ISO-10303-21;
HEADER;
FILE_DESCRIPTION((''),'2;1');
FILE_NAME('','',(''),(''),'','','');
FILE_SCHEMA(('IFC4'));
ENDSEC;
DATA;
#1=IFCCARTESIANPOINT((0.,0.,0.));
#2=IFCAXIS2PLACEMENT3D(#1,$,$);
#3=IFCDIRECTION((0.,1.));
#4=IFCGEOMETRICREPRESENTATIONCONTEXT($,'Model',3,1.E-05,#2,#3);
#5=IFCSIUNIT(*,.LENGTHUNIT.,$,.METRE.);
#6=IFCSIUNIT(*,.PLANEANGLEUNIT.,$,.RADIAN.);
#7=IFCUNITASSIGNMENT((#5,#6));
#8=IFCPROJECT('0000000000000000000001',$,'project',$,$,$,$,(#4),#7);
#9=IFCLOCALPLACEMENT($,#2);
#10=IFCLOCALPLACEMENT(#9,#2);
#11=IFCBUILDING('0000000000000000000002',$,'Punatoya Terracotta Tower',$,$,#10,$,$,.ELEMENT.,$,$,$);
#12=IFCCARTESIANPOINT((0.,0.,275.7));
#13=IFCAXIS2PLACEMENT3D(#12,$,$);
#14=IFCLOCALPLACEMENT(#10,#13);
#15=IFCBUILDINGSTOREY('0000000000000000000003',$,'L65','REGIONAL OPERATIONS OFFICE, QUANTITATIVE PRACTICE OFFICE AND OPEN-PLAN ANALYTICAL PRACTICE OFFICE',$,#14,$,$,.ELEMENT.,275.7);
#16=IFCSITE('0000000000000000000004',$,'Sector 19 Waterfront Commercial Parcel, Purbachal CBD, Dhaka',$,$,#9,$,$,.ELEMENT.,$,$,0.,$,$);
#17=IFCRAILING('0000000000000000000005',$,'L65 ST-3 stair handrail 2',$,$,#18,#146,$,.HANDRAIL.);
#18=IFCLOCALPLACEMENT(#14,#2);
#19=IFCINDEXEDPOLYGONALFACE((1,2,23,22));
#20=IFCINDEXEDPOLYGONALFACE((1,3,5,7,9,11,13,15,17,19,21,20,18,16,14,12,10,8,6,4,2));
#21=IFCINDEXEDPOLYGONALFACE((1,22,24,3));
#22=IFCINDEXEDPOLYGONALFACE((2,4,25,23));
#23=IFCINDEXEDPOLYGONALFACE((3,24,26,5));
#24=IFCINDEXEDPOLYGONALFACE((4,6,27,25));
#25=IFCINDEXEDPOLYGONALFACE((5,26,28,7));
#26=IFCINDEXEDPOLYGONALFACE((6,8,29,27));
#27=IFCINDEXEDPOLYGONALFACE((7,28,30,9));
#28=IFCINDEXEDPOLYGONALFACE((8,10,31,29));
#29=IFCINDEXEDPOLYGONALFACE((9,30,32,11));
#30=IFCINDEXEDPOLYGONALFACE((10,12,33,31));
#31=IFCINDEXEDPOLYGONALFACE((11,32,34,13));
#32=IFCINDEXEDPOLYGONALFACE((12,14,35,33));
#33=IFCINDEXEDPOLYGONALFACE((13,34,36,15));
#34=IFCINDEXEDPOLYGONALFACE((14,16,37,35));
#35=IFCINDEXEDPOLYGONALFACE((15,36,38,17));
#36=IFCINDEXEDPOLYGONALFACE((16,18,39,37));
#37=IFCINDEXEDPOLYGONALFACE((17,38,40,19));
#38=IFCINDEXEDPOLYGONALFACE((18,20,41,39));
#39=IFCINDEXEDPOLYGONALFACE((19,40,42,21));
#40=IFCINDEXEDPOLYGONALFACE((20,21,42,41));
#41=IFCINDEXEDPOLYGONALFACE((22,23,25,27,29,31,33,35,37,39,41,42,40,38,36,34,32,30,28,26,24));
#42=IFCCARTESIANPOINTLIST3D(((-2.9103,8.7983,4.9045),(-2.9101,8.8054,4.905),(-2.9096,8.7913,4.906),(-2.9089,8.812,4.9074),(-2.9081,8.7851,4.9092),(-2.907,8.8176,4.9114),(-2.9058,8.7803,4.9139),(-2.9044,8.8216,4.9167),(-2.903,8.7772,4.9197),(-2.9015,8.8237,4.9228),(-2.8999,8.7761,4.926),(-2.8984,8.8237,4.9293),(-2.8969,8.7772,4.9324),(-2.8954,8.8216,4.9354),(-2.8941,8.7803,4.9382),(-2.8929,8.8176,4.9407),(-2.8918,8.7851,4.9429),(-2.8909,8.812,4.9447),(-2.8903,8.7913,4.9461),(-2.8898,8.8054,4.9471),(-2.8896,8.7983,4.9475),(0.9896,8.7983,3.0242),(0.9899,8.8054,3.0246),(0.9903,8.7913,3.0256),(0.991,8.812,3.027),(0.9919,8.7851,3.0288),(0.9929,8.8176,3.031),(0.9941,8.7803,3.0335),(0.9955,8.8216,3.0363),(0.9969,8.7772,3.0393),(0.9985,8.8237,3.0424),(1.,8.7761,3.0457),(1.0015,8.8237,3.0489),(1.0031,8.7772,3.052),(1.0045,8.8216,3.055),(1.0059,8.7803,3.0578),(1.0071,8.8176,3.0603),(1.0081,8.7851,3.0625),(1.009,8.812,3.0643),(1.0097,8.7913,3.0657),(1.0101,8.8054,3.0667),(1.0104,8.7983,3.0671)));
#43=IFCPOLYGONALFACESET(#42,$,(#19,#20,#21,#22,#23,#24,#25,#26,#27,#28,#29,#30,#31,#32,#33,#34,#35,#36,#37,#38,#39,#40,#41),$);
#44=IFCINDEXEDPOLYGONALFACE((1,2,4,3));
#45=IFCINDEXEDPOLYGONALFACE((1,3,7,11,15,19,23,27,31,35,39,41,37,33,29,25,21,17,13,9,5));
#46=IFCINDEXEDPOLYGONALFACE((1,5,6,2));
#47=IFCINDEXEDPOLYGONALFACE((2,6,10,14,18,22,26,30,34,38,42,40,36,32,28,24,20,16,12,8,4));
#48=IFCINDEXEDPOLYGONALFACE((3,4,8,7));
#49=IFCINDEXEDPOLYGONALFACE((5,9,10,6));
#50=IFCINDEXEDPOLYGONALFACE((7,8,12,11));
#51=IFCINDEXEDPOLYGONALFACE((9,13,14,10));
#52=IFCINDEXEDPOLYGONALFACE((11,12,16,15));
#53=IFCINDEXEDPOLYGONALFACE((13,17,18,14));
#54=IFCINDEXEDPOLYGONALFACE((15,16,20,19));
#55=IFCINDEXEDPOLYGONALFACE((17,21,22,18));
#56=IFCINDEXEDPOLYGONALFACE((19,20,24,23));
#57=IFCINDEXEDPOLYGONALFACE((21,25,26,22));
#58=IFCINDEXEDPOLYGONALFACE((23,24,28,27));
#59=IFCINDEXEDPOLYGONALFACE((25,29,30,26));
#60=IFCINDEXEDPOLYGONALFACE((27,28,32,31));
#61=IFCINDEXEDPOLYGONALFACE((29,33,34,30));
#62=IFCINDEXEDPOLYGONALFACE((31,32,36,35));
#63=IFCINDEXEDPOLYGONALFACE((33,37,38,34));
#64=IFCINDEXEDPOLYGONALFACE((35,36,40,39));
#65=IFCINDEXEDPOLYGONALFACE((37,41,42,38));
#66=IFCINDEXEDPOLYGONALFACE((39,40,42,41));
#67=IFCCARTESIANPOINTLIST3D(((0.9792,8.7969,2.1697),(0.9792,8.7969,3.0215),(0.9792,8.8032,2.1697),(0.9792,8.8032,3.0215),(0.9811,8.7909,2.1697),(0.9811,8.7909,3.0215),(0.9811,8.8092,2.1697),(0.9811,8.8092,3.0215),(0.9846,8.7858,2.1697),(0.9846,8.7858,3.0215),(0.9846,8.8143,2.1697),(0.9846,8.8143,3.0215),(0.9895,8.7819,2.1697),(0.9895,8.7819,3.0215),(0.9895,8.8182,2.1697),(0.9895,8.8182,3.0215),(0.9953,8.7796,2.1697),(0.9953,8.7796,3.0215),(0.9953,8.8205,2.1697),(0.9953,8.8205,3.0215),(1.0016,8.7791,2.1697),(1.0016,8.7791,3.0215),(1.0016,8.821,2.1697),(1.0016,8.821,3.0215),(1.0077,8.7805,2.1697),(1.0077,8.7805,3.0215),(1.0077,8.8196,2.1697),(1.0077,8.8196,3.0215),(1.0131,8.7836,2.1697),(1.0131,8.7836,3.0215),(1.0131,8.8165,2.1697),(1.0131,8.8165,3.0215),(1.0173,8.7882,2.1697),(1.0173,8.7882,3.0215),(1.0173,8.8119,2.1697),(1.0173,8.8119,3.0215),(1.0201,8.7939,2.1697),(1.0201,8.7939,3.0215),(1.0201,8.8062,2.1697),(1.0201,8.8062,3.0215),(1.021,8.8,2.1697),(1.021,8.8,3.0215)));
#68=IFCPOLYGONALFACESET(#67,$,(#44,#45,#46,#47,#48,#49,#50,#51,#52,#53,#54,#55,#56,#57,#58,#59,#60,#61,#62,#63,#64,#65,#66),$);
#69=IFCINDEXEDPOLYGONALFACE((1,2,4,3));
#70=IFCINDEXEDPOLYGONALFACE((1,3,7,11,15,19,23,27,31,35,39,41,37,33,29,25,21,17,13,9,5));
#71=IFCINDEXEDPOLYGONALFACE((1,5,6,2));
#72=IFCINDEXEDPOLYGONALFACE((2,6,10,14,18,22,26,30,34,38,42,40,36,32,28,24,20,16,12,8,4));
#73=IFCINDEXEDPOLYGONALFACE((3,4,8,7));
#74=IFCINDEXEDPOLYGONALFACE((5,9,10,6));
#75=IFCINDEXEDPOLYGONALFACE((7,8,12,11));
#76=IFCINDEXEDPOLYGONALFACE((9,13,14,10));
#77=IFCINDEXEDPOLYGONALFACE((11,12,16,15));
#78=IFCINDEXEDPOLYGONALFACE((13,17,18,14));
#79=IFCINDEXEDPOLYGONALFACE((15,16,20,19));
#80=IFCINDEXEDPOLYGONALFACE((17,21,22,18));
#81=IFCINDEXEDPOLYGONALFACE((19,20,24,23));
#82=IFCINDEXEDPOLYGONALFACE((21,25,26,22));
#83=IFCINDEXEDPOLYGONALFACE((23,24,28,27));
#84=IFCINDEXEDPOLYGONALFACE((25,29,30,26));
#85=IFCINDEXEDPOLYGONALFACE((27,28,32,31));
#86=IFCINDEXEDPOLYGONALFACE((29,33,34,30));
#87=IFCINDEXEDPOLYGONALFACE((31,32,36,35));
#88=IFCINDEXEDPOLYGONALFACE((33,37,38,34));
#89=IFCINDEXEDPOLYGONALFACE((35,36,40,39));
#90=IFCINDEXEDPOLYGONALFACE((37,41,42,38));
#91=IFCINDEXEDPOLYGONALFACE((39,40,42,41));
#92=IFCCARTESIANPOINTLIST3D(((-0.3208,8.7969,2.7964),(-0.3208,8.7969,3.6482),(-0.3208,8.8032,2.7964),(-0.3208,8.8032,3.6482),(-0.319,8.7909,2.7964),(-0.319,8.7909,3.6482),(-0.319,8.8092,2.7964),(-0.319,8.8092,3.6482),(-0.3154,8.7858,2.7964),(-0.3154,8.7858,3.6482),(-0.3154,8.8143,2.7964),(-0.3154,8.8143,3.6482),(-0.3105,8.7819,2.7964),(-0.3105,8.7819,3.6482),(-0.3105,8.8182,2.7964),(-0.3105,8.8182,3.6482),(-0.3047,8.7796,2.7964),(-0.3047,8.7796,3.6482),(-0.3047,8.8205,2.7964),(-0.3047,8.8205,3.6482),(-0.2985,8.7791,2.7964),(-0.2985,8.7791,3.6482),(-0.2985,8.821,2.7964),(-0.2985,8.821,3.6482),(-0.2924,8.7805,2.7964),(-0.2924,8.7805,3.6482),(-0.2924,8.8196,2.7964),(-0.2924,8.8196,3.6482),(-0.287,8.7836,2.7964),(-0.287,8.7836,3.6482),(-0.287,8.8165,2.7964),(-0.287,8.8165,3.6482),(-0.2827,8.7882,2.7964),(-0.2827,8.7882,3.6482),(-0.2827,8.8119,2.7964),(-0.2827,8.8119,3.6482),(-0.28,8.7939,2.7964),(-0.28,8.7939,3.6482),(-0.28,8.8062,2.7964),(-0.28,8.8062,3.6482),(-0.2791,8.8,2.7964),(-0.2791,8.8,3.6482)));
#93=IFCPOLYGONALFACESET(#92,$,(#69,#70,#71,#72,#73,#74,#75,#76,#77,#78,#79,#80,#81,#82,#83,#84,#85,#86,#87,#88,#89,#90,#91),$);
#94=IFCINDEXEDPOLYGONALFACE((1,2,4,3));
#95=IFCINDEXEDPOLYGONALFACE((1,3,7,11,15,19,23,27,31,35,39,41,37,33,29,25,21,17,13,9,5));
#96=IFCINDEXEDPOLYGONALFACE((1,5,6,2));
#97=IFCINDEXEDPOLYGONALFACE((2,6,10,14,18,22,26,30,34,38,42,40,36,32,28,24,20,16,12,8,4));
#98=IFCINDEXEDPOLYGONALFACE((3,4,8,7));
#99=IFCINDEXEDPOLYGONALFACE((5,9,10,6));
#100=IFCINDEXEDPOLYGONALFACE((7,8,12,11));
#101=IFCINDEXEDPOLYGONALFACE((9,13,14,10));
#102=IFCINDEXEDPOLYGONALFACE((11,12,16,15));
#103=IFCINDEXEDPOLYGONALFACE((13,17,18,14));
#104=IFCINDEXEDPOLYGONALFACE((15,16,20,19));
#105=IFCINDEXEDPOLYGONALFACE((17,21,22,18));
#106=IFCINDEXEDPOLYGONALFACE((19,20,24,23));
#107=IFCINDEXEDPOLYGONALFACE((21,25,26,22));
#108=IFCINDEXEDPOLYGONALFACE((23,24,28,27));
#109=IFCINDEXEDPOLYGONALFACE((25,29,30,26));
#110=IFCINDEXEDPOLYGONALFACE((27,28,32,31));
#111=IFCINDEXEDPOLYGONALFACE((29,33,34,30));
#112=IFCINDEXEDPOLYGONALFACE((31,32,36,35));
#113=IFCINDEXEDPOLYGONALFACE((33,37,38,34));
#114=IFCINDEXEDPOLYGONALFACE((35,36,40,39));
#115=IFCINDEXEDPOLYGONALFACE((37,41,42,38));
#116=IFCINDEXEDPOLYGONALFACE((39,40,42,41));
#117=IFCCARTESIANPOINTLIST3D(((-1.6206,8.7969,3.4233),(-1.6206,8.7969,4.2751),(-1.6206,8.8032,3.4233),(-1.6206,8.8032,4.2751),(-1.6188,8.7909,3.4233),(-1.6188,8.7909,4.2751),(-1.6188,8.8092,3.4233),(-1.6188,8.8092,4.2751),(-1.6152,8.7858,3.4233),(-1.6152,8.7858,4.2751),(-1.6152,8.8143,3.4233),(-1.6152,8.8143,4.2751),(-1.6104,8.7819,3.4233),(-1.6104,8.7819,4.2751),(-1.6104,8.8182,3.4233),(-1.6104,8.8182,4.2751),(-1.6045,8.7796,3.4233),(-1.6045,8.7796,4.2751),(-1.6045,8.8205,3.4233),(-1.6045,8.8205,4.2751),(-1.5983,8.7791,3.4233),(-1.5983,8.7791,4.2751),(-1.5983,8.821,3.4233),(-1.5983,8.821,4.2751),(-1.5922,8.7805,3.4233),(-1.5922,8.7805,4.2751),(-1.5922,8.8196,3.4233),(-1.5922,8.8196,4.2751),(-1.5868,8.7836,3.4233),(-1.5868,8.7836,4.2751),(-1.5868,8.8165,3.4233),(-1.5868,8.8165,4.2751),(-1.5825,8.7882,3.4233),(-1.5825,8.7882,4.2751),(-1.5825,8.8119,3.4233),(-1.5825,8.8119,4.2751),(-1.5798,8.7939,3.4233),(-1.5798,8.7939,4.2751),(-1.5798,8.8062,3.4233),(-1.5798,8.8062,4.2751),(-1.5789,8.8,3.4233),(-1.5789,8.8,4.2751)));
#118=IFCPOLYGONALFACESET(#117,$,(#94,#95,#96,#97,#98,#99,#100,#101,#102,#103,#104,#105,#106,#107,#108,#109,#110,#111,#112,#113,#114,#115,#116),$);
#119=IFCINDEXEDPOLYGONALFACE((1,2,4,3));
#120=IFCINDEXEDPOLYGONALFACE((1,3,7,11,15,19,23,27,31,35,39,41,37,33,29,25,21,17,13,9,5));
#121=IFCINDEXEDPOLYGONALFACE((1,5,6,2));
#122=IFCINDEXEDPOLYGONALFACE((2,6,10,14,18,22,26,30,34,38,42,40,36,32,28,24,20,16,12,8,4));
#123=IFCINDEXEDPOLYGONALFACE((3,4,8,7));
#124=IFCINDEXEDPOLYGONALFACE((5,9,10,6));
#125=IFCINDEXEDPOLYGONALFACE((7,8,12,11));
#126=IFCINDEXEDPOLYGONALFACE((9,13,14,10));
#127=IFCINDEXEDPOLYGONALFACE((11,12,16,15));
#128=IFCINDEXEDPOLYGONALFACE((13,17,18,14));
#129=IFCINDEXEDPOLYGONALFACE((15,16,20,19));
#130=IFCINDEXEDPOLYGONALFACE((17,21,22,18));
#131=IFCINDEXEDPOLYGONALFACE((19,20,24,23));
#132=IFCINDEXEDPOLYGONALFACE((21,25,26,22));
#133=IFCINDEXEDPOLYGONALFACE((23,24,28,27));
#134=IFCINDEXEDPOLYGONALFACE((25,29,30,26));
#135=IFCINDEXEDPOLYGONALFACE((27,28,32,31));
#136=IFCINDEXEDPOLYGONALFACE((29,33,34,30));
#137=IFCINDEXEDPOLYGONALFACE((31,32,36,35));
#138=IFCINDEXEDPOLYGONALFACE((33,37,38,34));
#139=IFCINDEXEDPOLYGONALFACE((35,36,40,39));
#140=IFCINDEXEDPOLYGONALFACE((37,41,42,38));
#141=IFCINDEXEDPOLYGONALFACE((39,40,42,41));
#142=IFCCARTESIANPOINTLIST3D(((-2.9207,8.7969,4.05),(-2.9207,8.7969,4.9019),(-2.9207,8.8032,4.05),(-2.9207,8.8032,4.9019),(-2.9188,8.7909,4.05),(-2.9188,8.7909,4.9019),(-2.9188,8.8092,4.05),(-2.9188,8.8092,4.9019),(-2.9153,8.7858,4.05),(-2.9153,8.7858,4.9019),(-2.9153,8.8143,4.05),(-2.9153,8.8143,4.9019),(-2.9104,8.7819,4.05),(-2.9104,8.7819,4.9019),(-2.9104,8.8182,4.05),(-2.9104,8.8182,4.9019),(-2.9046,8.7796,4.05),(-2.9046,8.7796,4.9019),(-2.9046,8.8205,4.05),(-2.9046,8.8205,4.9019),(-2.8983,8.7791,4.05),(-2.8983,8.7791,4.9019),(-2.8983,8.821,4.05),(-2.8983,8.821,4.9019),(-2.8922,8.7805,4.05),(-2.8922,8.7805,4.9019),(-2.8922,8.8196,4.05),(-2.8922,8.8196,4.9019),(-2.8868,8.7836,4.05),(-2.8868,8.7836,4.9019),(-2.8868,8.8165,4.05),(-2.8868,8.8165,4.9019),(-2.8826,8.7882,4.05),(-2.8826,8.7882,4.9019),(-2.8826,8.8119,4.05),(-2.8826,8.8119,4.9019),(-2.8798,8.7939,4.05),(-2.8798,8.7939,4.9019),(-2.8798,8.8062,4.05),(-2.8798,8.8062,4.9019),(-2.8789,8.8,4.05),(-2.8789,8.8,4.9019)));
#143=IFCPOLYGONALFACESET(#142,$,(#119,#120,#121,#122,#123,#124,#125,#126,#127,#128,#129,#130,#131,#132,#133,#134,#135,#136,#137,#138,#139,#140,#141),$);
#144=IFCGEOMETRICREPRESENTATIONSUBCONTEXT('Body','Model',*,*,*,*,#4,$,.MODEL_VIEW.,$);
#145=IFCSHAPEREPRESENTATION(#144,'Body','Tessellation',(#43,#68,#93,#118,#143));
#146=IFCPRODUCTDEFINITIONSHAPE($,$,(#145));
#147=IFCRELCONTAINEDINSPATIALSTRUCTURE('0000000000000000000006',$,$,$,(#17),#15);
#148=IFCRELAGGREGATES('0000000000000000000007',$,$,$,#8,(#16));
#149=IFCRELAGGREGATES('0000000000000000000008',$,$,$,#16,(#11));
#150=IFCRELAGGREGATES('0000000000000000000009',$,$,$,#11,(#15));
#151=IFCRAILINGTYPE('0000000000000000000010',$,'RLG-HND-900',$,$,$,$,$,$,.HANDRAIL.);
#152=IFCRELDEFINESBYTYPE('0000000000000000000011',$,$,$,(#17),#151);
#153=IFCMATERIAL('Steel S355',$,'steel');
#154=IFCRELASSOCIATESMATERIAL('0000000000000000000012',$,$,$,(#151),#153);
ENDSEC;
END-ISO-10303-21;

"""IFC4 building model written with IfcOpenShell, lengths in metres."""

from ifc_helpers import new_model, si_unit, direction, frame, origin, origin_2d, place, context, subcontext, project, spatial, circle, extrude, material, type_object, element, save


model = new_model("IFC4")

# Units and contexts
model_context = context("Model", 3, precision=1e-05, world=origin(), true_north=direction((0.0, 1.0)))
body_context = subcontext(model_context, "Body", "Model", "MODEL_VIEW")
ifc_project = project(units=[si_unit("LENGTHUNIT", "METRE"), si_unit("PLANEANGLEUNIT", "RADIAN")], contexts=[model_context])

# Site, building, storey
site_placement = place(None, origin())
site = spatial("IfcSite", under=ifc_project, at=site_placement, Name="Sector 19 Waterfront Commercial Parcel, Purbachal CBD, Dhaka", CompositionType="ELEMENT", RefElevation=0.0)
building_placement = place(site_placement, origin())
building = spatial("IfcBuilding", under=site, at=building_placement, Name="Punatoya Terracotta Tower", CompositionType="ELEMENT")
storey_placement = place(building_placement, frame((0.0, 0.0, 275.7)))
storey = spatial("IfcBuildingStorey", under=building, at=storey_placement, Name="L65", Description="REGIONAL OPERATIONS OFFICE, QUANTITATIVE PRACTICE OFFICE AND OPEN-PLAN ANALYTICAL PRACTICE OFFICE", CompositionType="ELEMENT", Elevation=275.7)

# Shared definitions
ifc_material_1 = material(Name="Steel S355", Category="steel")

# Railing
railing_type_1 = type_object("IfcRailingType", Name="RLG-HND-900", PredefinedType="HANDRAIL", material=ifc_material_1)
railing_1_placement = place(storey_placement, frame((1.0, 8.8, 2.1697)))
element("IfcRailing", 1, at=railing_1_placement, inside=storey, type_object=railing_type_1, Name="L65 ST-3 stair handrail 2", PredefinedType="HANDRAIL", context=body_context, shape_type="SweptSolid", body=[
    extrude(circle(Radius=0.0239, at=origin_2d()), frame((0.0, 0.0, 0.876), z_axis=(-0.900763, 0.0, 0.434311), x_axis=(0.0, -1.0, 0.0)), (0.0, 0.0, 1.0), 4.3296),
    extrude(circle(Radius=0.021, at=origin_2d()), origin(), (0.0, 0.0, 1.0), 0.8518),
    extrude(circle(Radius=0.021, at=origin_2d()), frame((-1.3, 0.0, 0.6267)), (0.0, 0.0, 1.0), 0.8518),
    extrude(circle(Radius=0.021, at=origin_2d()), frame((-2.5999, 0.0, 1.2537)), (0.0, 0.0, 1.0), 0.8518),
    extrude(circle(Radius=0.021, at=origin_2d()), frame((-3.8999, 0.0, 1.8804)), (0.0, 0.0, 1.0), 0.8518),
])

save(model, "model.ifc")
